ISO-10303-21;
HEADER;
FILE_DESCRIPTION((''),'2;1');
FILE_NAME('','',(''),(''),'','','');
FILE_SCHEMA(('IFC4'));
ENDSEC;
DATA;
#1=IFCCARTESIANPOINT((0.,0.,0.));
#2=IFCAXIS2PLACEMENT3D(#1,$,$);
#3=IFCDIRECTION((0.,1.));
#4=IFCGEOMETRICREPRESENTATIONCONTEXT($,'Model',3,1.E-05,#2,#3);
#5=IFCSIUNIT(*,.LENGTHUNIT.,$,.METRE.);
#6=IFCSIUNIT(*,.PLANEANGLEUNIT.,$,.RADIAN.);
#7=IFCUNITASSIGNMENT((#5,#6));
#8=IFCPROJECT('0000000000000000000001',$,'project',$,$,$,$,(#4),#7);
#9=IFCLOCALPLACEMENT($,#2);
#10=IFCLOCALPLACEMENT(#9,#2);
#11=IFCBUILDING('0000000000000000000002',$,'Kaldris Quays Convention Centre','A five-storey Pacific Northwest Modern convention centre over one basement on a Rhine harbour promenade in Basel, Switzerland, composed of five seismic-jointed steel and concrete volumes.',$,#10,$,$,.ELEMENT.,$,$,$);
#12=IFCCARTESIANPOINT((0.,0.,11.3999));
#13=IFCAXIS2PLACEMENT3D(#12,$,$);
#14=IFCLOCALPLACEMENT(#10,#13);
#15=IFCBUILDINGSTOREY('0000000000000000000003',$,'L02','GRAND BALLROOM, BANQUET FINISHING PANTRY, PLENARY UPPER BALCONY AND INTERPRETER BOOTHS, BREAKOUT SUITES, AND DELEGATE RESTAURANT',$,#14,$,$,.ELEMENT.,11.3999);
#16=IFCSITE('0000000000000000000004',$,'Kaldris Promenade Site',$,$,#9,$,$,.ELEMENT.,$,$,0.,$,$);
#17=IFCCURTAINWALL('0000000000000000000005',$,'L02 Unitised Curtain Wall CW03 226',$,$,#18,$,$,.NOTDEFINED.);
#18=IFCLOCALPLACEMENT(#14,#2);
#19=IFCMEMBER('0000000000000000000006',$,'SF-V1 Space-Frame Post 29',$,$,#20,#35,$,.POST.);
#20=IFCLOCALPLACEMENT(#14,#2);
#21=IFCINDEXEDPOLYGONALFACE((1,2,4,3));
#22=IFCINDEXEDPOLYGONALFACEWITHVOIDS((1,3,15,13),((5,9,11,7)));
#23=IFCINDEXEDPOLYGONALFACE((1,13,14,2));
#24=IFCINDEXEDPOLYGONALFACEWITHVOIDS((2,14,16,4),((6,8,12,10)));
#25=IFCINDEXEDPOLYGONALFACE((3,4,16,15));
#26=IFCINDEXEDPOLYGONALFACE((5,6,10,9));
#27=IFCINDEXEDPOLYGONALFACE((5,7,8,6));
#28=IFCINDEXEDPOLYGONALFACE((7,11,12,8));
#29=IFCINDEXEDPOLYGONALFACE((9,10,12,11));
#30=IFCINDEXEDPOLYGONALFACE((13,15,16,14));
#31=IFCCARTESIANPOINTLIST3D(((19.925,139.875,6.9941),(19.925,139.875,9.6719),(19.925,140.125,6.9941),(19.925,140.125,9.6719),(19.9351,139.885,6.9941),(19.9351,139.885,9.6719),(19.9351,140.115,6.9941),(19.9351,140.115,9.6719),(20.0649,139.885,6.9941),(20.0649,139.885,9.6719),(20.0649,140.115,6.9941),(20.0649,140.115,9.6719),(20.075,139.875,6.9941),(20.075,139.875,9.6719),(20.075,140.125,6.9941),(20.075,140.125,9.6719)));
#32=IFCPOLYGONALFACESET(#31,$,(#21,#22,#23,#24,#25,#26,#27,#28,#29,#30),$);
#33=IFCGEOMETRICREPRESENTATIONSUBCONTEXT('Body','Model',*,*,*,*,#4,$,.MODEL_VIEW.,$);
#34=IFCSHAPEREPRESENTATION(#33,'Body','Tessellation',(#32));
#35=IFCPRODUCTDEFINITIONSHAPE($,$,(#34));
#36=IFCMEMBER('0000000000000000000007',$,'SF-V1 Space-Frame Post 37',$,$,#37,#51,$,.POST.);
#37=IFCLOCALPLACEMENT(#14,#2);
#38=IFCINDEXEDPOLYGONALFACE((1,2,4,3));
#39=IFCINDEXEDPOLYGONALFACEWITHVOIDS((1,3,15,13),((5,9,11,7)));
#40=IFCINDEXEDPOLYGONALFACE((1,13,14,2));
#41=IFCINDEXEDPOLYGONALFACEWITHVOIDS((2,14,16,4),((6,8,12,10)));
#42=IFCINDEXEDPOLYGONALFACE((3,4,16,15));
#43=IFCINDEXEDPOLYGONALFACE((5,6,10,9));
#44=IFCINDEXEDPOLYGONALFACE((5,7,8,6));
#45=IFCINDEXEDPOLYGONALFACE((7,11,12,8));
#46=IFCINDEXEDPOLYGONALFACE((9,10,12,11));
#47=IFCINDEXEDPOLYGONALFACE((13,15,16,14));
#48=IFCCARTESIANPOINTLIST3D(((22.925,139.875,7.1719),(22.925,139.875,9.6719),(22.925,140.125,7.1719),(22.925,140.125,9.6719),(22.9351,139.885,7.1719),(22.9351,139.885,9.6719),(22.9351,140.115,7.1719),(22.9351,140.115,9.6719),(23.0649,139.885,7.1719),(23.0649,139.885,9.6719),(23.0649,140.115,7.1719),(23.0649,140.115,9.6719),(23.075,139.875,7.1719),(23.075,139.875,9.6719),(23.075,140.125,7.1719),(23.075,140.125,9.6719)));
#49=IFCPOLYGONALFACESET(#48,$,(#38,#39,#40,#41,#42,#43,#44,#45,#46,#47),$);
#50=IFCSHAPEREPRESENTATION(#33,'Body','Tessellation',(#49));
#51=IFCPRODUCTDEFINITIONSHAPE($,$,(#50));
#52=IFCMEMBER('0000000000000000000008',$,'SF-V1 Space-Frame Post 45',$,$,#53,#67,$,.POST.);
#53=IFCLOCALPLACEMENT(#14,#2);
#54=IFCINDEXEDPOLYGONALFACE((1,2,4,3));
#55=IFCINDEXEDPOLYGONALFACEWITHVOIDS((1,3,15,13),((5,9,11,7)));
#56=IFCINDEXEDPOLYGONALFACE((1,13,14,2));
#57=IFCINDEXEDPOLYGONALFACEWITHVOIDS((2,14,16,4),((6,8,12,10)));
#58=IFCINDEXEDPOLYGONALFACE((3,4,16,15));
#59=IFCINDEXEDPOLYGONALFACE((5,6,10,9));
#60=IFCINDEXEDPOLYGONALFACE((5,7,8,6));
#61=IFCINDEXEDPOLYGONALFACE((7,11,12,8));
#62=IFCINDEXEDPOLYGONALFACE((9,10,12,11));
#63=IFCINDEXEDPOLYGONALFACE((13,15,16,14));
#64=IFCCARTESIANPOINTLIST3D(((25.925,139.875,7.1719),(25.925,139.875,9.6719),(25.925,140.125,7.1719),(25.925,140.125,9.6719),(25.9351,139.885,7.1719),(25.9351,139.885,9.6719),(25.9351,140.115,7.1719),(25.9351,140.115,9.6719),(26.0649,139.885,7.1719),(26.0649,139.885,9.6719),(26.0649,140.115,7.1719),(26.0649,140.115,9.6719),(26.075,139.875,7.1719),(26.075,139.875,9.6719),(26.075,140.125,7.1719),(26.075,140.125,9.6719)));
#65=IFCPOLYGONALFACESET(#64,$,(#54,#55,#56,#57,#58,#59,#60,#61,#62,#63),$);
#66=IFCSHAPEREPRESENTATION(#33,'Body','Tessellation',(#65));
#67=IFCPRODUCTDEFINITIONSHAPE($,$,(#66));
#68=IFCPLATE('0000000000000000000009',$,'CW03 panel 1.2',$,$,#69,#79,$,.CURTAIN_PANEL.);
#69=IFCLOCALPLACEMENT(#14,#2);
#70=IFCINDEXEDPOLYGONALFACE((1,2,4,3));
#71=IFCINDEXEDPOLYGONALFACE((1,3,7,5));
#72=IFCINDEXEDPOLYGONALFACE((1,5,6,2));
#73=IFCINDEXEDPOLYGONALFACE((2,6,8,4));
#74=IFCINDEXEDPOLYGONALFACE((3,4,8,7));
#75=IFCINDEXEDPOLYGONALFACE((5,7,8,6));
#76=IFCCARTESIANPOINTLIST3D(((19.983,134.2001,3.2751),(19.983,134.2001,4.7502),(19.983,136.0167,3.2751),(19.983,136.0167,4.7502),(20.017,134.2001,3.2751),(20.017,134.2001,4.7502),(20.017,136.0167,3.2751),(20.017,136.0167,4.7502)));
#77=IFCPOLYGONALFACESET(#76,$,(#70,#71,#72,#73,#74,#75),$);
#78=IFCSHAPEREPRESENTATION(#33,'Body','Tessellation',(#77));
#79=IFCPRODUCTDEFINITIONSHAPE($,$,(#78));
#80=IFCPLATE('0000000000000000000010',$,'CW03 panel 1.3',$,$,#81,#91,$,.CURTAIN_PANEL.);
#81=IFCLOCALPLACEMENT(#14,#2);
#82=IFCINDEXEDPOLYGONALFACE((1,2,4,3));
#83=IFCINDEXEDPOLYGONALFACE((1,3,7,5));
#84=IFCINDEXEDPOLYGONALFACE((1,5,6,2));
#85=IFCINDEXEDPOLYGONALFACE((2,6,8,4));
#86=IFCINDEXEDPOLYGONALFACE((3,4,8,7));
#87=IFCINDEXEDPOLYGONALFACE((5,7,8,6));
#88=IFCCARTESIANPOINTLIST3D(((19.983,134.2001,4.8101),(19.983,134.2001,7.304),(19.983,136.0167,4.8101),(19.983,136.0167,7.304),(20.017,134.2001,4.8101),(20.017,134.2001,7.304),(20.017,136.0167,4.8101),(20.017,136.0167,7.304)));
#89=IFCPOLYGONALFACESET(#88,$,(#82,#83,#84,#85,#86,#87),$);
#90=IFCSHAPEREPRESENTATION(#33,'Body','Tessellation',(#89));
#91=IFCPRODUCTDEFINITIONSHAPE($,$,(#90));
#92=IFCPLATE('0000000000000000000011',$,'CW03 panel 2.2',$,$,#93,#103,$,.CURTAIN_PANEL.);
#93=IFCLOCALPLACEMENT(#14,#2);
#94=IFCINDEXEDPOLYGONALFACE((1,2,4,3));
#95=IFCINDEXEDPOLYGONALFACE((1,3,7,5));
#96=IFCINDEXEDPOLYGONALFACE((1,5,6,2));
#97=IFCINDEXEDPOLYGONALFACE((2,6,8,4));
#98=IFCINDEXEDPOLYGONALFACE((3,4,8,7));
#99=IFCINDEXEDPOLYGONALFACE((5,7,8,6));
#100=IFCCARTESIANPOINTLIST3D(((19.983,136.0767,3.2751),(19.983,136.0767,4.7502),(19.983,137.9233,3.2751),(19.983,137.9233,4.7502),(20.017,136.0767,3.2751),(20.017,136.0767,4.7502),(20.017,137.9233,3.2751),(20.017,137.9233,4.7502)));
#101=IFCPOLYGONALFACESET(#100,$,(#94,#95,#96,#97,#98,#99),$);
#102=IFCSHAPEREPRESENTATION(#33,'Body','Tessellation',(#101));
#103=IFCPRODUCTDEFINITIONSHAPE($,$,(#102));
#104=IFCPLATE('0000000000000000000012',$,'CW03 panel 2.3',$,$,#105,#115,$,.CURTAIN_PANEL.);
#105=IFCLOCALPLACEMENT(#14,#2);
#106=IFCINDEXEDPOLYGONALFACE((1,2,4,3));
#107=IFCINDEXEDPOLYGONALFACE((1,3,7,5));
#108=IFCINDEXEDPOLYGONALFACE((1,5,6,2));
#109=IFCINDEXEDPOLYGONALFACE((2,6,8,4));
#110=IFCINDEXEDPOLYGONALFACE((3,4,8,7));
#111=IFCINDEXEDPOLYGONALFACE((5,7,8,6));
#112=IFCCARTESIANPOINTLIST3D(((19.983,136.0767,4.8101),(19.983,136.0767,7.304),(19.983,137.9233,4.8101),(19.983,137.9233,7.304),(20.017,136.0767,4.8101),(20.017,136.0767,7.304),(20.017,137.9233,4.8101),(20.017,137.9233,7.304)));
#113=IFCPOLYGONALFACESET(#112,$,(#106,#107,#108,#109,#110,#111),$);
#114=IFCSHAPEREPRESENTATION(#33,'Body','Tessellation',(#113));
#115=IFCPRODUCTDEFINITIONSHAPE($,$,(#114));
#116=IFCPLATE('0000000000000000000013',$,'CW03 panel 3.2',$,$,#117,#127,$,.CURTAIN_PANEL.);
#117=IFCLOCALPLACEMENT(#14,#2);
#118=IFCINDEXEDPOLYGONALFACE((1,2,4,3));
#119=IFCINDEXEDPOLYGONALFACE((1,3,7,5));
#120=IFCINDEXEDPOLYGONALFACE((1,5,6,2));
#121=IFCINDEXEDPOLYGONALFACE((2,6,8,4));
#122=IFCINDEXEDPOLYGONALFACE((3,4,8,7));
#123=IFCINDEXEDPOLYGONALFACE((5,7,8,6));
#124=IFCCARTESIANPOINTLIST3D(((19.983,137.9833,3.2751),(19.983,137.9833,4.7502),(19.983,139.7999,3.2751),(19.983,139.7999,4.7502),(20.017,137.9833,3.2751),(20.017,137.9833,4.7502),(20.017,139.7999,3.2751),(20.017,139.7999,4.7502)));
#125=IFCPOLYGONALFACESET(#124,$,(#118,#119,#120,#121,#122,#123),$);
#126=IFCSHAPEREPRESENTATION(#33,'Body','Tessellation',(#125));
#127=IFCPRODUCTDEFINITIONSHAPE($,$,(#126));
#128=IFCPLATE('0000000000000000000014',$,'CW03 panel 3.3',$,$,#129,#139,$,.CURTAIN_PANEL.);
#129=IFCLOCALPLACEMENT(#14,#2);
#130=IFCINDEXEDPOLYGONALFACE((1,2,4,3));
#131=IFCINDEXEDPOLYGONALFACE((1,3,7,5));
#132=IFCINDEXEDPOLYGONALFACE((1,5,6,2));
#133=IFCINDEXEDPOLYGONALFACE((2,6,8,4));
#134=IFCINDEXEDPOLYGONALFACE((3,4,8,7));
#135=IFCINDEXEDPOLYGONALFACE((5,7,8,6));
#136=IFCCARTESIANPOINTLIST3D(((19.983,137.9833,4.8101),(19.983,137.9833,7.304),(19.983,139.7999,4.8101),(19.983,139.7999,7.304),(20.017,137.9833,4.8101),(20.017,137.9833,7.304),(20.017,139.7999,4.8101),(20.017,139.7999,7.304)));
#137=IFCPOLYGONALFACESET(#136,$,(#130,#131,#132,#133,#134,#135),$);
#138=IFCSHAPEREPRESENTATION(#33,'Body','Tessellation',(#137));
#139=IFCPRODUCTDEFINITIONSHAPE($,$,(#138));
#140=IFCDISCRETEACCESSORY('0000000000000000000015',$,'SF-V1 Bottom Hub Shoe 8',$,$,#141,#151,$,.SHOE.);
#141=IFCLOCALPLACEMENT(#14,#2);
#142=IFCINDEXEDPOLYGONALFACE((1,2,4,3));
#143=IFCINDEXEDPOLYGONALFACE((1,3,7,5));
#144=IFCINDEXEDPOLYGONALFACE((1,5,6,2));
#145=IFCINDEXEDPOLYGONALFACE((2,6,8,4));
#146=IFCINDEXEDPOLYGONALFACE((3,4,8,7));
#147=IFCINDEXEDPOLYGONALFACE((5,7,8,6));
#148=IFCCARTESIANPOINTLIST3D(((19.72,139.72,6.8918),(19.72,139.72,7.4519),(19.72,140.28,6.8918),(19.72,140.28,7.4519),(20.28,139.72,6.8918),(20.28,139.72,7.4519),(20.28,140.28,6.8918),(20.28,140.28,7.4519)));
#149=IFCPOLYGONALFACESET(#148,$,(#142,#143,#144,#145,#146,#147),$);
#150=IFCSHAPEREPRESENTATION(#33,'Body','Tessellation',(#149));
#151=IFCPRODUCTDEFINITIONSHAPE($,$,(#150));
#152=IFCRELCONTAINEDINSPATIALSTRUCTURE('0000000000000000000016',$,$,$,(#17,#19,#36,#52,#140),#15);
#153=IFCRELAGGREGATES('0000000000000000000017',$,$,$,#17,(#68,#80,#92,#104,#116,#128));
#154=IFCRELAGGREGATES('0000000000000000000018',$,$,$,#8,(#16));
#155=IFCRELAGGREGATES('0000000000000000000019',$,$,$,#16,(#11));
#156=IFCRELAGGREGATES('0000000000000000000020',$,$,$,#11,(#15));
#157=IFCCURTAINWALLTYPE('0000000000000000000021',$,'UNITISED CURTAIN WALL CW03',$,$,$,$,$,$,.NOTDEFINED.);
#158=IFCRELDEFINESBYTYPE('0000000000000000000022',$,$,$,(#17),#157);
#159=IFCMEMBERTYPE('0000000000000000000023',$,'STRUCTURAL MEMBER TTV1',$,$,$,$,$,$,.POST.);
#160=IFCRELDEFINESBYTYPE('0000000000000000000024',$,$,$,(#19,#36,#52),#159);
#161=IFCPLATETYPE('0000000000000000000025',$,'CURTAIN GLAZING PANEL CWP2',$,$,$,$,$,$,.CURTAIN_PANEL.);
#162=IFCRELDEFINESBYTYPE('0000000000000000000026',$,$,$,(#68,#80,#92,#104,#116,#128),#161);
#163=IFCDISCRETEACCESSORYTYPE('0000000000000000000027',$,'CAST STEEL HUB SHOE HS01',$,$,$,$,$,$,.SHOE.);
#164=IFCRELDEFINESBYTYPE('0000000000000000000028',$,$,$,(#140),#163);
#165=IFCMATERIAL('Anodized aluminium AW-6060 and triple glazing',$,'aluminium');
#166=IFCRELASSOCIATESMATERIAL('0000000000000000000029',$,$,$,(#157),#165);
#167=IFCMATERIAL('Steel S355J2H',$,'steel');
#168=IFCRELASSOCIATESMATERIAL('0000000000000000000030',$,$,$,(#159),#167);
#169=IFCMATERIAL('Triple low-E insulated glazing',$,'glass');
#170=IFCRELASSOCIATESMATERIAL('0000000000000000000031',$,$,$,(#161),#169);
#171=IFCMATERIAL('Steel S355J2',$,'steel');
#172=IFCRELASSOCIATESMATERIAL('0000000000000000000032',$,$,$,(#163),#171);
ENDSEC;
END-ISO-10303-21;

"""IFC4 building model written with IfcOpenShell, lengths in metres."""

from ifc_helpers import new_model, si_unit, direction, frame, origin, origin_2d, place, context, subcontext, project, spatial, rectangle, hollow_rectangle, extrude, material, material_profile, profile_set, type_object, element, aggregate, save


model = new_model("IFC4")

# Units and contexts
model_context = context("Model", 3, precision=1e-05, world=origin(), true_north=direction((0.0, 1.0)))
body_context = subcontext(model_context, "Body", "Model", "MODEL_VIEW")
ifc_project = project(units=[si_unit("LENGTHUNIT", "METRE"), si_unit("PLANEANGLEUNIT", "RADIAN")], contexts=[model_context])

# Site, building, storey
site_placement = place(None, origin())
site = spatial("IfcSite", under=ifc_project, at=site_placement, Name="Kaldris Promenade Site", CompositionType="ELEMENT", RefElevation=0.0)
building_placement = place(site_placement, origin())
building = spatial("IfcBuilding", under=site, at=building_placement, Name="Kaldris Quays Convention Centre", Description="A five-storey Pacific Northwest Modern convention centre over one basement on a Rhine harbour promenade in Basel, Switzerland, composed of five seismic-jointed steel and concrete volumes.", CompositionType="ELEMENT")
storey_placement = place(building_placement, frame((0.0, 0.0, 11.3999)))
storey = spatial("IfcBuildingStorey", under=building, at=storey_placement, Name="L02", Description="GRAND BALLROOM, BANQUET FINISHING PANTRY, PLENARY UPPER BALCONY AND INTERPRETER BOOTHS, BREAKOUT SUITES, AND DELEGATE RESTAURANT", CompositionType="ELEMENT", Elevation=11.3999)

# Curtain wall
ifc_material_1 = material(Name="Anodized aluminium AW-6060 and triple glazing", Category="aluminium")
curtain_wall_type = type_object("IfcCurtainWallType", Name="UNITISED CURTAIN WALL CW03", PredefinedType="NOTDEFINED", material=ifc_material_1)
curtain_wall_1_placement = place(storey_placement, origin())
curtain_wall_1 = element("IfcCurtainWall", 1, at=curtain_wall_1_placement, inside=storey, type_object=curtain_wall_type, Name="L02 Unitised Curtain Wall CW03 226", PredefinedType="NOTDEFINED")

# Members
ifc_material_2 = material(Name="Steel S355J2H", Category="steel")
ifc_material_profile_1 = material_profile(ifc_material_2, hollow_rectangle(XDim=0.1499, YDim=0.25, WallThickness=0.01, at=origin_2d()), Name="RHS 250x150x10")
ifc_profile_set_1 = profile_set([ifc_material_profile_1], Name="Steel S355J2H")
member_type_1 = type_object("IfcMemberType", Name="STRUCTURAL MEMBER TTV1", PredefinedType="POST", material=ifc_profile_set_1)
member_1_placement = place(storey_placement, frame((20.0, 140.0, 6.9941), z_axis=(0.0, 0.0, 1.0), x_axis=(1.0, 0.0, 0.0)))
element("IfcMember", 2, at=member_1_placement, inside=storey, type_object=member_type_1, Name="SF-V1 Space-Frame Post 29", PredefinedType="POST", context=body_context, shape_type="SweptSolid", body=[
    extrude(hollow_rectangle(XDim=0.1499, YDim=0.25, WallThickness=0.01, at=origin_2d()), origin(), (0.0, 0.0, 1.0), 2.6777),
])
for number, where, z_axis, x_axis, name in (
    (3, (23.0, 140.0, 7.1719), (0.0, 0.0, 1.0), (1.0, 0.0, 0.0), "SF-V1 Space-Frame Post 37"),
    (4, (26.0, 140.0, 7.1719), (0.0, 0.0, 1.0), (1.0, 0.0, 0.0), "SF-V1 Space-Frame Post 45"),
):
    element("IfcMember", number, at=place(storey_placement, frame(where, z_axis=z_axis, x_axis=x_axis)), inside=storey, type_object=member_type_1, Name=name, PredefinedType="POST", context=body_context, shape_type="SweptSolid", body=[
        extrude(hollow_rectangle(XDim=0.1499, YDim=0.25, WallThickness=0.01, at=origin_2d()), origin(), (0.0, 0.0, 1.0), 2.5),
    ])

# Plates
ifc_material_3 = material(Name="Triple low-E insulated glazing", Category="glass")
plate_type = type_object("IfcPlateType", Name="CURTAIN GLAZING PANEL CWP2", PredefinedType="CURTAIN_PANEL", material=ifc_material_3)
plate_1_placement = place(storey_placement, frame((20.0, 135.1084, 3.2751), z_axis=(0.0, 0.0, 1.0), x_axis=(0.0, 1.0, 0.0)))
plate_1 = element("IfcPlate", 5, at=plate_1_placement, type_object=plate_type, Name="CW03 panel 1.2", PredefinedType="CURTAIN_PANEL", context=body_context, shape_type="SweptSolid", body=[
    extrude(rectangle(XDim=1.8167, YDim=0.0339, at=origin_2d()), origin(), (0.0, 0.0, 1.0), 1.4751),
])
plate_2_placement = place(storey_placement, frame((20.0, 135.1084, 4.8101), z_axis=(0.0, 0.0, 1.0), x_axis=(0.0, 1.0, 0.0)))
plate_2 = element("IfcPlate", 6, at=plate_2_placement, type_object=plate_type, Name="CW03 panel 1.3", PredefinedType="CURTAIN_PANEL", context=body_context, shape_type="SweptSolid", body=[
    extrude(rectangle(XDim=1.8167, YDim=0.0339, at=origin_2d()), origin(), (0.0, 0.0, 1.0), 2.4939),
])
plate_3_placement = place(storey_placement, frame((20.0, 137.0, 3.2751), z_axis=(0.0, 0.0, 1.0), x_axis=(0.0, 1.0, 0.0)))
plate_3 = element("IfcPlate", 7, at=plate_3_placement, type_object=plate_type, Name="CW03 panel 2.2", PredefinedType="CURTAIN_PANEL", context=body_context, shape_type="SweptSolid", body=[
    extrude(rectangle(XDim=1.8467, YDim=0.0339, at=origin_2d()), origin(), (0.0, 0.0, 1.0), 1.4751),
])
plate_4_placement = place(storey_placement, frame((20.0, 137.0, 4.8101), z_axis=(0.0, 0.0, 1.0), x_axis=(0.0, 1.0, 0.0)))
plate_4 = element("IfcPlate", 8, at=plate_4_placement, type_object=plate_type, Name="CW03 panel 2.3", PredefinedType="CURTAIN_PANEL", context=body_context, shape_type="SweptSolid", body=[
    extrude(rectangle(XDim=1.8467, YDim=0.0339, at=origin_2d()), origin(), (0.0, 0.0, 1.0), 2.4939),
])
plate_5_placement = place(storey_placement, frame((20.0, 138.8916, 3.2751), z_axis=(0.0, 0.0, 1.0), x_axis=(0.0, 1.0, 0.0)))
plate_5 = element("IfcPlate", 9, at=plate_5_placement, type_object=plate_type, Name="CW03 panel 3.2", PredefinedType="CURTAIN_PANEL", context=body_context, shape_type="SweptSolid", body=[
    extrude(rectangle(XDim=1.8167, YDim=0.0339, at=origin_2d()), origin(), (0.0, 0.0, 1.0), 1.4751),
])
plate_6_placement = place(storey_placement, frame((20.0, 138.8916, 4.8101), z_axis=(0.0, 0.0, 1.0), x_axis=(0.0, 1.0, 0.0)))
plate_6 = element("IfcPlate", 10, at=plate_6_placement, type_object=plate_type, Name="CW03 panel 3.3", PredefinedType="CURTAIN_PANEL", context=body_context, shape_type="SweptSolid", body=[
    extrude(rectangle(XDim=1.8167, YDim=0.0339, at=origin_2d()), origin(), (0.0, 0.0, 1.0), 2.4939),
])
aggregate(curtain_wall_1, [plate_1, plate_2, plate_3, plate_4, plate_5, plate_6])

# Discrete accessory
ifc_material_4 = material(Name="Steel S355J2", Category="steel")
discrete_accessory_type = type_object("IfcDiscreteAccessoryType", Name="CAST STEEL HUB SHOE HS01", PredefinedType="SHOE", material=ifc_material_4)
discrete_accessory_placement = place(storey_placement, frame((20.0, 140.0, 6.8918), z_axis=(0.0, 0.0, 1.0), x_axis=(1.0, 0.0, 0.0)))
element("IfcDiscreteAccessory", 11, at=discrete_accessory_placement, inside=storey, type_object=discrete_accessory_type, Name="SF-V1 Bottom Hub Shoe 8", PredefinedType="SHOE", context=body_context, shape_type="SweptSolid", body=[
    extrude(rectangle(XDim=0.5601, YDim=0.5601, at=origin_2d()), origin(), (0.0, 0.0, 1.0), 0.5601),
])

save(model, "model.ifc")
